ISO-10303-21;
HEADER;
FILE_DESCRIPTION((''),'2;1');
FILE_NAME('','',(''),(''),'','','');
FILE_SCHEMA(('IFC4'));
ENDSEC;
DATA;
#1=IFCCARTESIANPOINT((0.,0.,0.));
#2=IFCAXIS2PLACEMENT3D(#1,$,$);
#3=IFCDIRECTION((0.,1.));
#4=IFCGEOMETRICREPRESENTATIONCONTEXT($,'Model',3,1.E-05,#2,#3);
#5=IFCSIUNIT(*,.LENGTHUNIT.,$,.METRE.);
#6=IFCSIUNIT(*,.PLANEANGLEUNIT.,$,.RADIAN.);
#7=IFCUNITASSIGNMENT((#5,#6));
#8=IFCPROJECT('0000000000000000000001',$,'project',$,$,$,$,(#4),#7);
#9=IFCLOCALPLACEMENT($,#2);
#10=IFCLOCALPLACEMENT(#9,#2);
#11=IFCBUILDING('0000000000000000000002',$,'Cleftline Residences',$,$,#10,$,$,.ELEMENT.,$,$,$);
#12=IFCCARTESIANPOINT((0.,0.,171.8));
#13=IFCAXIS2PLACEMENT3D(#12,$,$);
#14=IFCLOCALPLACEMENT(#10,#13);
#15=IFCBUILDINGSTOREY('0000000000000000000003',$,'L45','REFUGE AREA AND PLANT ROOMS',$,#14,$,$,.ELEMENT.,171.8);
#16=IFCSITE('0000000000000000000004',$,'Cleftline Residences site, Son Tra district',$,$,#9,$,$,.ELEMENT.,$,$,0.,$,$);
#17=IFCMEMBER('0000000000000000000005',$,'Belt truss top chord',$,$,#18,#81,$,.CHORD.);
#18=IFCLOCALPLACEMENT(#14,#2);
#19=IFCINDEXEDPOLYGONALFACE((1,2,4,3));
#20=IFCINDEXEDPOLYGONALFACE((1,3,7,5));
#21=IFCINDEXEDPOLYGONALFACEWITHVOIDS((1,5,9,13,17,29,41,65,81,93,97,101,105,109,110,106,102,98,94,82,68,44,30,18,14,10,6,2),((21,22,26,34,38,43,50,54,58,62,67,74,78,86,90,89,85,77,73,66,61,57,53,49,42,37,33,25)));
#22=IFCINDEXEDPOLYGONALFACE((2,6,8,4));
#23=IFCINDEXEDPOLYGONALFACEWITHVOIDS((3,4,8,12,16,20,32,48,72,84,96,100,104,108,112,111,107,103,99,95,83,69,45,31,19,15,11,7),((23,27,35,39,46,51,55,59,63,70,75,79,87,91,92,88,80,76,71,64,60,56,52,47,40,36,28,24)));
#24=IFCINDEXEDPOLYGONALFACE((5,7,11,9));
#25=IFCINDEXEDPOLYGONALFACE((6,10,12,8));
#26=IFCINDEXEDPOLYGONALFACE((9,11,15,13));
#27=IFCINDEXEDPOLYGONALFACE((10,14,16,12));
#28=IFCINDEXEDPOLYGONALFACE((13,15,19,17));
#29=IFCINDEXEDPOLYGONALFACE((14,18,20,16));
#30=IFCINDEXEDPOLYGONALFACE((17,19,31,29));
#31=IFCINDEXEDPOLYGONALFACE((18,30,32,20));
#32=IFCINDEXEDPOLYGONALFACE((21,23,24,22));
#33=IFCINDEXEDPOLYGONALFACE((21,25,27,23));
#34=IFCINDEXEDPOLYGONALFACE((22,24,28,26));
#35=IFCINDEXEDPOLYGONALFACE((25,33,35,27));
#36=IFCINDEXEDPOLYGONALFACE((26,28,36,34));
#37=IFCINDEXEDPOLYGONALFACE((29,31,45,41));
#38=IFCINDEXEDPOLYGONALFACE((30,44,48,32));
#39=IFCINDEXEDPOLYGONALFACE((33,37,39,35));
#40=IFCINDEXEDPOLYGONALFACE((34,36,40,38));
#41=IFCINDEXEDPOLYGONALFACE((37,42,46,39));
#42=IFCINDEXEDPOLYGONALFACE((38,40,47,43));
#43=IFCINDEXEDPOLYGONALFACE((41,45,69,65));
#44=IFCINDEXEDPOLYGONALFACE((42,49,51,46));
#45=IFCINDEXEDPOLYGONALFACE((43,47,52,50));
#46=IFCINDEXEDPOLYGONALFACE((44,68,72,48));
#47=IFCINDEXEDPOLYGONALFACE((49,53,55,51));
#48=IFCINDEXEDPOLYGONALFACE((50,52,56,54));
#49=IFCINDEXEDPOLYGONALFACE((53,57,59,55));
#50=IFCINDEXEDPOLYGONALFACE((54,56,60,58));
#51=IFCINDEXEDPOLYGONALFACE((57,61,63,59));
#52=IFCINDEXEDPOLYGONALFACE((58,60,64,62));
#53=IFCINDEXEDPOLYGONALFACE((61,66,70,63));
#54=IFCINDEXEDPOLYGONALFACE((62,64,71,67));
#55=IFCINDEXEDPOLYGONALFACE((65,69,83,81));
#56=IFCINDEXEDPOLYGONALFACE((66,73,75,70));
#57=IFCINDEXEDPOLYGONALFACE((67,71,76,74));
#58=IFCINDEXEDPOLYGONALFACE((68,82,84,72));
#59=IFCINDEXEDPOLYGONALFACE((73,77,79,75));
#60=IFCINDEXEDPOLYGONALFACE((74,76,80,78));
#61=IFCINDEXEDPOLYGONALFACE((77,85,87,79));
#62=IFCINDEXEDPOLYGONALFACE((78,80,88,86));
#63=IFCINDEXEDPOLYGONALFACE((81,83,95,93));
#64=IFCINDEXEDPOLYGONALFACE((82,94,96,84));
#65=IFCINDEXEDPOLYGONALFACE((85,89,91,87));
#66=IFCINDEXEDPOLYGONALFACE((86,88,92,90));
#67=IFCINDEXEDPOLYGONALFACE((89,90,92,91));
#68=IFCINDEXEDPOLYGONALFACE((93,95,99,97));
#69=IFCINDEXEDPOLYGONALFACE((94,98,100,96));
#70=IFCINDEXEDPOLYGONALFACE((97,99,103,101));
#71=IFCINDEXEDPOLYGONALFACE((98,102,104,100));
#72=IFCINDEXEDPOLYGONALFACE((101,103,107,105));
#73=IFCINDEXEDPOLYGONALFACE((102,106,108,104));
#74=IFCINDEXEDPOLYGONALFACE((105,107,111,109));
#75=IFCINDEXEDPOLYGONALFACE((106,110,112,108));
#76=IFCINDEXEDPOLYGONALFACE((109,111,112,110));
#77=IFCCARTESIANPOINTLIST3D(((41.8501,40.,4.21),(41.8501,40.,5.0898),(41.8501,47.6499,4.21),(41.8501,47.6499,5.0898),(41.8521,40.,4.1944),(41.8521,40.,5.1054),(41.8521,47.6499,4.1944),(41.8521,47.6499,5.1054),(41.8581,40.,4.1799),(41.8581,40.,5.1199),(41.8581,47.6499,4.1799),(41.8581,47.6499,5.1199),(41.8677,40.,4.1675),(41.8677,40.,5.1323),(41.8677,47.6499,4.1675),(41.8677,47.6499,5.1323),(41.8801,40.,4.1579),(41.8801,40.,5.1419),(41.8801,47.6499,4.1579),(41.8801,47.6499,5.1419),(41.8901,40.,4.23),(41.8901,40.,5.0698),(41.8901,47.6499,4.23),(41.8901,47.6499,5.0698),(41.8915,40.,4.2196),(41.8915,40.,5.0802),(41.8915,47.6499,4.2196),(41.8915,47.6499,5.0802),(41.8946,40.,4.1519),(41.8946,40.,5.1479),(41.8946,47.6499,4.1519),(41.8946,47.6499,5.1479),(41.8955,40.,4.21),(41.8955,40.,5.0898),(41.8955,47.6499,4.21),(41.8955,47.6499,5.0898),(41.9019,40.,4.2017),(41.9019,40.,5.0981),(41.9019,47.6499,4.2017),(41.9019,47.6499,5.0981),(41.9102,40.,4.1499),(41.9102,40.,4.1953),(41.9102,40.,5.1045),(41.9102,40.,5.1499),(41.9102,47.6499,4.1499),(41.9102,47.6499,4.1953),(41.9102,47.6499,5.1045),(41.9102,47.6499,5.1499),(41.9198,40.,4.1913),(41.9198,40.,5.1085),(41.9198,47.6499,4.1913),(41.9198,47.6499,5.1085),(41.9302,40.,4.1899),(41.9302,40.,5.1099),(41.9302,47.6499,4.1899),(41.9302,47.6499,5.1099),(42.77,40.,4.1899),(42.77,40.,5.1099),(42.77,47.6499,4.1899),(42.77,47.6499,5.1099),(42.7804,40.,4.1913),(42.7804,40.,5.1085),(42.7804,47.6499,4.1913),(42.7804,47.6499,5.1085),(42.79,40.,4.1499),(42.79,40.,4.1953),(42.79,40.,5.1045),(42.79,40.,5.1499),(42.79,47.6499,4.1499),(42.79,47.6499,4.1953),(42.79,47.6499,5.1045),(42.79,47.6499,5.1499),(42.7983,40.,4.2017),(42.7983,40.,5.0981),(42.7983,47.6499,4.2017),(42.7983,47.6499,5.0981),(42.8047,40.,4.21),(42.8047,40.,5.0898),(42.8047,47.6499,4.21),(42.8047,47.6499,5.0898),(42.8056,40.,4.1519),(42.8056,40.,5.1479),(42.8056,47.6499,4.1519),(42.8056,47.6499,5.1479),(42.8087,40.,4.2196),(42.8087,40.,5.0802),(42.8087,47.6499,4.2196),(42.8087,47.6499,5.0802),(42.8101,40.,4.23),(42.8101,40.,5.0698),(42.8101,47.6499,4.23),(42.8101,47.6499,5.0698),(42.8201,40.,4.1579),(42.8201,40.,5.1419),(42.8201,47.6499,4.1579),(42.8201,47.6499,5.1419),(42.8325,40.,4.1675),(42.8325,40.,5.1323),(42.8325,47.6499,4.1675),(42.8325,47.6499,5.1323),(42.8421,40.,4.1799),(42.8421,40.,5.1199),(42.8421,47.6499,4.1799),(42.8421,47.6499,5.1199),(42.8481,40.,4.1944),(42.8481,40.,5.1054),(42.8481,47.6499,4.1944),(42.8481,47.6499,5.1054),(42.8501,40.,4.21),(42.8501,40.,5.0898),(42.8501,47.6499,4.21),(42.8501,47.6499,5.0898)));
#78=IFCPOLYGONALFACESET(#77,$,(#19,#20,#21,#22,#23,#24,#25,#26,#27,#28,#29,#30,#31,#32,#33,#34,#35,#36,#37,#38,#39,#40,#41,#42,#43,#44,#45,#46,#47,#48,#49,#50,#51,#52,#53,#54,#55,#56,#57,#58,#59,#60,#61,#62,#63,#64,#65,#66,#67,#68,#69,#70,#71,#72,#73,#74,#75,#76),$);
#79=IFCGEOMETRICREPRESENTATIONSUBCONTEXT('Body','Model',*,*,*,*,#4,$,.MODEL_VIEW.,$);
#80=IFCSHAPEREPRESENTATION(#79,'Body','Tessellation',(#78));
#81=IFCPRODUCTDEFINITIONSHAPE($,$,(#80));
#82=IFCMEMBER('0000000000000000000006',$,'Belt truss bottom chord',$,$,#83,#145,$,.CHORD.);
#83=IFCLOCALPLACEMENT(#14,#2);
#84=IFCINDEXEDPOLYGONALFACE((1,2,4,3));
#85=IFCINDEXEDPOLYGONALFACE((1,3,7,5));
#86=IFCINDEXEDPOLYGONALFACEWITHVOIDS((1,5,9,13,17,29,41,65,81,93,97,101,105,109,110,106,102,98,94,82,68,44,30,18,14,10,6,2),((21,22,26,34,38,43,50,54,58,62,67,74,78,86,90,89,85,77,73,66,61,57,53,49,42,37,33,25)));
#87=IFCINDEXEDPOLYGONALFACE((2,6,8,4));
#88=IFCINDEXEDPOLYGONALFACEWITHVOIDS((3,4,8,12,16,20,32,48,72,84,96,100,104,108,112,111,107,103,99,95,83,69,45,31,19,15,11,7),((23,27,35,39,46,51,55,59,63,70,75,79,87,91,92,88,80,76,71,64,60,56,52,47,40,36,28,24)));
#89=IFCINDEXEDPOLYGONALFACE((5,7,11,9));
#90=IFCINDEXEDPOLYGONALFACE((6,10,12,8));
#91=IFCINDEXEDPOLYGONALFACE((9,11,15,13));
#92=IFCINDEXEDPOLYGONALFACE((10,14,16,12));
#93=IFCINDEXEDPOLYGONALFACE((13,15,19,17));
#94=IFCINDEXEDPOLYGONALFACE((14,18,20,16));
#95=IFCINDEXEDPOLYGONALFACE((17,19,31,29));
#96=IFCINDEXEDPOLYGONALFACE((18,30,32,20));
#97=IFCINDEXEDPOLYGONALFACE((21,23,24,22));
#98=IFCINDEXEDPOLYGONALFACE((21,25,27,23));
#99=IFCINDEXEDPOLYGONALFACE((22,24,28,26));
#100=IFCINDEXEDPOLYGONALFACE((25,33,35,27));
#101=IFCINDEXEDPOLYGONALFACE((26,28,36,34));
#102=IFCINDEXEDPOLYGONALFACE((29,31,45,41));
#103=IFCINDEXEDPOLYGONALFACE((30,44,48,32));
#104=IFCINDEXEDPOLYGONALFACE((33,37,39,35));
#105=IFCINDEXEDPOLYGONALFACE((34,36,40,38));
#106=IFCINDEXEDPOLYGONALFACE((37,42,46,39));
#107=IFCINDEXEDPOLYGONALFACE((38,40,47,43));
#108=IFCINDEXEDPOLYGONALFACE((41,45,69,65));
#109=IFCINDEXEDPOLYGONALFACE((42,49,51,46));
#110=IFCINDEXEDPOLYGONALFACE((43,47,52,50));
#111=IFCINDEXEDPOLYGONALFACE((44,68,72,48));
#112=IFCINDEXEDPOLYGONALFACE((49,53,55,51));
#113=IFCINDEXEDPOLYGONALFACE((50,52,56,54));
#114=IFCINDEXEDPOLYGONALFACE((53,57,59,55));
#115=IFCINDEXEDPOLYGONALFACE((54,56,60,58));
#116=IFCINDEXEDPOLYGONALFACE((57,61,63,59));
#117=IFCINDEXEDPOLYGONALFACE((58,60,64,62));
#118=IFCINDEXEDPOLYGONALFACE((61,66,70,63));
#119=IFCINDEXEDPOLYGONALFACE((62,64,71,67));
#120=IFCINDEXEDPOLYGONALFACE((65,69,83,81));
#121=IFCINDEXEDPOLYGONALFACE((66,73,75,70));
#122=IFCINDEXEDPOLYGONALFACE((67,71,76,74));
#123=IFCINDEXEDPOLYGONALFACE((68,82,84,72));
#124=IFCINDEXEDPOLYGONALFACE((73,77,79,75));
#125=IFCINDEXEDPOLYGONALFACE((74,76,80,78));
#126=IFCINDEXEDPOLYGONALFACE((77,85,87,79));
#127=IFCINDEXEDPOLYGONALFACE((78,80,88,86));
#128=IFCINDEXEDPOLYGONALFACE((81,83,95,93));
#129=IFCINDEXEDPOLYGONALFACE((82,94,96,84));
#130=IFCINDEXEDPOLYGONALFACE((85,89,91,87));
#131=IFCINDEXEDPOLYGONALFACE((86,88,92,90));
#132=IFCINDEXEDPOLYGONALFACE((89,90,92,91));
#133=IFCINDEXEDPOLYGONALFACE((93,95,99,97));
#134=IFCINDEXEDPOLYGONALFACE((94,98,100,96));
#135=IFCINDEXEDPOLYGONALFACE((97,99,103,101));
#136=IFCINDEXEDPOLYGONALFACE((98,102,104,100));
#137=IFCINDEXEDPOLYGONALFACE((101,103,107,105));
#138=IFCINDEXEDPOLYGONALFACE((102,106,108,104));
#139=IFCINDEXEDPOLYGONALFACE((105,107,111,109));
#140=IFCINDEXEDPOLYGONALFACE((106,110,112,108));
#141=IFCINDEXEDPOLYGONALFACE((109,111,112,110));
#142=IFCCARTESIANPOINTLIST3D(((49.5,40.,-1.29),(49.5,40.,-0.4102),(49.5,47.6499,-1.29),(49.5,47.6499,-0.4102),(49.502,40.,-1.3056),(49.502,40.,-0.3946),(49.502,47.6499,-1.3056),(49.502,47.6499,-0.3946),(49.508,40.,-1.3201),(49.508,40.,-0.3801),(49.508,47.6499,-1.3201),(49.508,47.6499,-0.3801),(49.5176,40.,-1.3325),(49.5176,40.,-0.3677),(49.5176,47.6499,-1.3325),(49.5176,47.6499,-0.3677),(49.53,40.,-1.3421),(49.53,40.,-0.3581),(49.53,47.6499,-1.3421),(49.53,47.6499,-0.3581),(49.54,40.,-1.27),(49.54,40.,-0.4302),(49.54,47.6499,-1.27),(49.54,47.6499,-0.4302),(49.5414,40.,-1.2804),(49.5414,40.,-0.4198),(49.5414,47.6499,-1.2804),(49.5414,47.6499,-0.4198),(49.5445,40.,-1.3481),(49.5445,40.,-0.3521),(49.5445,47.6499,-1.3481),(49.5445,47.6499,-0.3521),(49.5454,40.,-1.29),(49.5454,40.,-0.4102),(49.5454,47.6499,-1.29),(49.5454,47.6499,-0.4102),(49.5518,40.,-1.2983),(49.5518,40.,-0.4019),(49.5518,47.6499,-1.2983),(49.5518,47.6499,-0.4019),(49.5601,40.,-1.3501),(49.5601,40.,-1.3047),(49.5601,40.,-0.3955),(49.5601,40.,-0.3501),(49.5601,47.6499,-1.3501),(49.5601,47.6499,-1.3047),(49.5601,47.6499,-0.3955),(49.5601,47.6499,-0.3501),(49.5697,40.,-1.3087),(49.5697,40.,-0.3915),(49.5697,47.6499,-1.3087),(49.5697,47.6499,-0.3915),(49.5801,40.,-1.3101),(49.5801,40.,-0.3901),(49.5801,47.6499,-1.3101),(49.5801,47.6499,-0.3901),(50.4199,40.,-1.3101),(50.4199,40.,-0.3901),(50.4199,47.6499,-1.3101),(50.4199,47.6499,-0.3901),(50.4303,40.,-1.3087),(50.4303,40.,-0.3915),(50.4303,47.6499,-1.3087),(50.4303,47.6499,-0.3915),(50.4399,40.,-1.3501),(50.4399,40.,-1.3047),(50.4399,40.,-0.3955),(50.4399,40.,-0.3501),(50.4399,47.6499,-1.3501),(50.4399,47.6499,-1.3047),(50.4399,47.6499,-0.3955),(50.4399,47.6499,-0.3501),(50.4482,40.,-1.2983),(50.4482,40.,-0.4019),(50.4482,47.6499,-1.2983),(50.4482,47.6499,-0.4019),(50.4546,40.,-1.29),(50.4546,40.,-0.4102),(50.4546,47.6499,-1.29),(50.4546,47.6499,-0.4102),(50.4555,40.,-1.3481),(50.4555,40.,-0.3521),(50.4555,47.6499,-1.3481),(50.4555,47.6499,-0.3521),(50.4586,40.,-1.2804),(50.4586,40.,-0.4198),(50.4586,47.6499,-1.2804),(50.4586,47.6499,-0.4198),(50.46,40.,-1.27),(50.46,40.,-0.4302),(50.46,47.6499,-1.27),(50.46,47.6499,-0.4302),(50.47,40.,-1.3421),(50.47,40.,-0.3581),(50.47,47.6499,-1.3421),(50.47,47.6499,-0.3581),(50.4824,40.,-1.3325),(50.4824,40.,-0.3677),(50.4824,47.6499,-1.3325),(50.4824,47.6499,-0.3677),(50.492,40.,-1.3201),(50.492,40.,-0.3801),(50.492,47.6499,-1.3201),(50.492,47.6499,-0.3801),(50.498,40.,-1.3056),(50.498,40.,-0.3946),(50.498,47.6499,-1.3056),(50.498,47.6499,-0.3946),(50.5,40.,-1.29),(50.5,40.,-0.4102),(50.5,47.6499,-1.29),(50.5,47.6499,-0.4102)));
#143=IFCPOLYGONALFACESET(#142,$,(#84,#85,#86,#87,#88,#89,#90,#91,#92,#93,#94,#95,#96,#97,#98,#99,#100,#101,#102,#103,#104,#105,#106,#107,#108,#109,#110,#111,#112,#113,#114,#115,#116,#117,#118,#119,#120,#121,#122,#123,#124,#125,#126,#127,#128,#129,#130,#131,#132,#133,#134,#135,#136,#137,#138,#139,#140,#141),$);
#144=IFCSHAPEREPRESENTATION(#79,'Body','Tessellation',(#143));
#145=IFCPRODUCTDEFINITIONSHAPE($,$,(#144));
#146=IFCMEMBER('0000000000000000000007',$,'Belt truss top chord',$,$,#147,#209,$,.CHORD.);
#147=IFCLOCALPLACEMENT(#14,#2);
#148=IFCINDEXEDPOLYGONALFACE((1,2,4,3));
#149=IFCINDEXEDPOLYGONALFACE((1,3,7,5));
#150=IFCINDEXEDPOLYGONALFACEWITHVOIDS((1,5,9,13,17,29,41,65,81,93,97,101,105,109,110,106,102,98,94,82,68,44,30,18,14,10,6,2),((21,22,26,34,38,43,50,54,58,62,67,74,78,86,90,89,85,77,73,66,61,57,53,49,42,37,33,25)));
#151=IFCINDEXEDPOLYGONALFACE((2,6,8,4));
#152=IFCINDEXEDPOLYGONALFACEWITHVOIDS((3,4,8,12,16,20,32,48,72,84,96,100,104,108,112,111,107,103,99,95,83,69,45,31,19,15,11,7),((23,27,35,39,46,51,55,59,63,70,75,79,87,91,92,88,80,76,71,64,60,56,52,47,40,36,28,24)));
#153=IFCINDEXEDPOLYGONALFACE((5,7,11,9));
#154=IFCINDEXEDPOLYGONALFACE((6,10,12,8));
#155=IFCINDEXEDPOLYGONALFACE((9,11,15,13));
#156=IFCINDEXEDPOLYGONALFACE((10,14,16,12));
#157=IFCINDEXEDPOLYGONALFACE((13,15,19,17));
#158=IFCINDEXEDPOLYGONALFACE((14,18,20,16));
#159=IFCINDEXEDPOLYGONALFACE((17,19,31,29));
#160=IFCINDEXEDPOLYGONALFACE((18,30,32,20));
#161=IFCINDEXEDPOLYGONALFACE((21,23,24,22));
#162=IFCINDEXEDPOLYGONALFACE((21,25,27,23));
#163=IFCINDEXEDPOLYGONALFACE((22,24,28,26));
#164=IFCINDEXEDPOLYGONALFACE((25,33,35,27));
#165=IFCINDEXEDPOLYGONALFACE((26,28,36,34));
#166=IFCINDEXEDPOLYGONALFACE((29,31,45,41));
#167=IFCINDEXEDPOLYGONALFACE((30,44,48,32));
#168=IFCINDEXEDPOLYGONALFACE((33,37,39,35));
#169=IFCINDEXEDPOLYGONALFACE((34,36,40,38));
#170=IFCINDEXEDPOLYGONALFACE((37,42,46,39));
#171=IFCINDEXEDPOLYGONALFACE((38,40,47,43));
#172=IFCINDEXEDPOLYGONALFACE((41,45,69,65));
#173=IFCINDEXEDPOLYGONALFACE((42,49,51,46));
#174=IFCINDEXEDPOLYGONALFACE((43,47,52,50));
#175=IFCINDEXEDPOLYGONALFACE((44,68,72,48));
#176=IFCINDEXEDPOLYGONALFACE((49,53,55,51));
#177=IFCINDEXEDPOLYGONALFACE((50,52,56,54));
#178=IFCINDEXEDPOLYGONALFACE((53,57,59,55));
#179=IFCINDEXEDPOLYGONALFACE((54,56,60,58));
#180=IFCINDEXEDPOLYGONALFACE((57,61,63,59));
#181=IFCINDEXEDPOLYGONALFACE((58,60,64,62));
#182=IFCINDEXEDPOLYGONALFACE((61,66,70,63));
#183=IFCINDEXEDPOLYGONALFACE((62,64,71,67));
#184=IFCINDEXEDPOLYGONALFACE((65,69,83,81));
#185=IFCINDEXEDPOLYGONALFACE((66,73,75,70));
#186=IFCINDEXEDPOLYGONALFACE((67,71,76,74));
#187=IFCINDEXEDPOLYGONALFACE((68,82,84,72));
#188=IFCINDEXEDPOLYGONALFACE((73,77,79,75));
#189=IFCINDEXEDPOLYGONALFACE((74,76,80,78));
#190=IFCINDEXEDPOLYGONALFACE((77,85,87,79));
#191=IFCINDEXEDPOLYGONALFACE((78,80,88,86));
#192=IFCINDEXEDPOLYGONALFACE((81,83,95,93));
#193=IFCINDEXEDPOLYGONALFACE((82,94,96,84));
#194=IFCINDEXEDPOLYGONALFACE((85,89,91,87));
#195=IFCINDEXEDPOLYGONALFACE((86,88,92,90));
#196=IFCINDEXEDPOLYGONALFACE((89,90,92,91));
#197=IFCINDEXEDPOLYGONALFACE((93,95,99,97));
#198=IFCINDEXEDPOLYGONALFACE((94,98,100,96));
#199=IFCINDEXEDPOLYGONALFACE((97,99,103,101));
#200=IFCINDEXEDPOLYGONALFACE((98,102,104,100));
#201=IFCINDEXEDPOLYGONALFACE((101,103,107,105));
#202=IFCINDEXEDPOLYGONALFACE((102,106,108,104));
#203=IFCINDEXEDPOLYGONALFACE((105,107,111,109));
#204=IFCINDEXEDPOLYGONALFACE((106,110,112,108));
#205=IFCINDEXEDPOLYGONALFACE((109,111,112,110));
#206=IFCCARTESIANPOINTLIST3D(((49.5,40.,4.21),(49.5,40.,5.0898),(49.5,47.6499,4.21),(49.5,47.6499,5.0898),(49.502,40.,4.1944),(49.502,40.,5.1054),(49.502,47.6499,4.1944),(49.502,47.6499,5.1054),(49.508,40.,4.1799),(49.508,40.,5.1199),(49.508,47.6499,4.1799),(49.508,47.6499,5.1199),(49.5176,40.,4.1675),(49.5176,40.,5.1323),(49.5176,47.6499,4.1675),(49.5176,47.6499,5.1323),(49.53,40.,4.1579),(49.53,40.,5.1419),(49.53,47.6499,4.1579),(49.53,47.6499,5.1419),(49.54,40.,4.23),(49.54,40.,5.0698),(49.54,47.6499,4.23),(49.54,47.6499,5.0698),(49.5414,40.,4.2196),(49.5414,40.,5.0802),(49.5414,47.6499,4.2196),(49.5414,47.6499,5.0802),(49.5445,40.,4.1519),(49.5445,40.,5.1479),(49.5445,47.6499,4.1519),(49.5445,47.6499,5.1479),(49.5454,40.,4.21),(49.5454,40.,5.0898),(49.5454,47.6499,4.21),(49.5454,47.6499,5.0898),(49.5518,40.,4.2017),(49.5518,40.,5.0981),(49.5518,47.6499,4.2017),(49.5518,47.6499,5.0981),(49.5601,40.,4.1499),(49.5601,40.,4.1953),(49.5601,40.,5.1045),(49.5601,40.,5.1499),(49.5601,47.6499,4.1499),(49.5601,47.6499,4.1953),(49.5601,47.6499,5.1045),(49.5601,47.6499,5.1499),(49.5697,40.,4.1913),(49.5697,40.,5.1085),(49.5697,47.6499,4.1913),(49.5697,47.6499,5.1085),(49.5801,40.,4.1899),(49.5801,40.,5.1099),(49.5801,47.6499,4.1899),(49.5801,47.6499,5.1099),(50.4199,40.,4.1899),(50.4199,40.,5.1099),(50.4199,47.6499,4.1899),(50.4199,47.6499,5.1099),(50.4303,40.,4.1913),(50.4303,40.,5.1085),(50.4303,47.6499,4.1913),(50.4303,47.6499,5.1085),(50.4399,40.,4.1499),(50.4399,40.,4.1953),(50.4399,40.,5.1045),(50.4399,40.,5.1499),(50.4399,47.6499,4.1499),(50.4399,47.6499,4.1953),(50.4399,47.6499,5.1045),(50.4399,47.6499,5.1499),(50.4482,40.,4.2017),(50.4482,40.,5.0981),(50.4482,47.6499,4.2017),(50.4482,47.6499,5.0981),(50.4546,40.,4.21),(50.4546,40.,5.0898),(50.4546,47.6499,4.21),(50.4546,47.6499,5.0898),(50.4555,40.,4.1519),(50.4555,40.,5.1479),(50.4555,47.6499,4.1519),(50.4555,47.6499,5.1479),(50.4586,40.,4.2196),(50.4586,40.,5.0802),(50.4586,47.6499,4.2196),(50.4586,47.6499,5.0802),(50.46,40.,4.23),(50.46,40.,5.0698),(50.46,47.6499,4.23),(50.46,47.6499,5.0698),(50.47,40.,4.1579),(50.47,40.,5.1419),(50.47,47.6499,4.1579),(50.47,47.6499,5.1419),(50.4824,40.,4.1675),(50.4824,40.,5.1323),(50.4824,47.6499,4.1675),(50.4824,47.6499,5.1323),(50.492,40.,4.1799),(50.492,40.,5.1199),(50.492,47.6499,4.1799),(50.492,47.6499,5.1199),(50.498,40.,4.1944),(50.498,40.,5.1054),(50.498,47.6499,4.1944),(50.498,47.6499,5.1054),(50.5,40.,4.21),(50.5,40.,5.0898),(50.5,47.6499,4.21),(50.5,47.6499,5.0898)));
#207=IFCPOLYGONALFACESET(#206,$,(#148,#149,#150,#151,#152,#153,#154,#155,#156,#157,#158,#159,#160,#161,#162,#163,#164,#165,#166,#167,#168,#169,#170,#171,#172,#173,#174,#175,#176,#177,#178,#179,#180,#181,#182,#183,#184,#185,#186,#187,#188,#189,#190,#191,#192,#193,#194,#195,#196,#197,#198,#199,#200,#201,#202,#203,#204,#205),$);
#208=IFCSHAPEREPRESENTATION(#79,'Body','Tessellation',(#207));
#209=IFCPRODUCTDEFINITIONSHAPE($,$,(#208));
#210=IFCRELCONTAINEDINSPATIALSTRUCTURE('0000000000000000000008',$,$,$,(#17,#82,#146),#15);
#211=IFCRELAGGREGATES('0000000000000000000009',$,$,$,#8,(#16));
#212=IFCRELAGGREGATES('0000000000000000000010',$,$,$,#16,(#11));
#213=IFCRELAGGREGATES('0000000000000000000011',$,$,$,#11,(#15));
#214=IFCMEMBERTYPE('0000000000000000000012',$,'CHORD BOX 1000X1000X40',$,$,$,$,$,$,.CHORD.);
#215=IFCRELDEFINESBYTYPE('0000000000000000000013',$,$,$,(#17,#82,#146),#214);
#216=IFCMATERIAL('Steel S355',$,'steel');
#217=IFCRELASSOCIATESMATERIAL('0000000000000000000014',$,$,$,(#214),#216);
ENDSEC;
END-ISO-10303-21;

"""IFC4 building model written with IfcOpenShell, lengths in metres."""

from ifc_helpers import new_model, si_unit, direction, frame, origin, origin_2d, place, context, subcontext, project, spatial, hollow_rectangle, extrude, material, material_profile, profile_set, type_object, element, save


model = new_model("IFC4")

# Units and contexts
model_context = context("Model", 3, precision=1e-05, world=origin(), true_north=direction((0.0, 1.0)))
body_context = subcontext(model_context, "Body", "Model", "MODEL_VIEW")
ifc_project = project(units=[si_unit("LENGTHUNIT", "METRE"), si_unit("PLANEANGLEUNIT", "RADIAN")], contexts=[model_context])

# Site, building, storey
site_placement = place(None, origin())
site = spatial("IfcSite", under=ifc_project, at=site_placement, Name="Cleftline Residences site, Son Tra district", CompositionType="ELEMENT", RefElevation=0.0)
building_placement = place(site_placement, origin())
building = spatial("IfcBuilding", under=site, at=building_placement, Name="Cleftline Residences", CompositionType="ELEMENT")
storey_placement = place(building_placement, frame((0.0, 0.0, 171.8)))
storey = spatial("IfcBuildingStorey", under=building, at=storey_placement, Name="L45", Description="REFUGE AREA AND PLANT ROOMS", CompositionType="ELEMENT", Elevation=171.8)

# Members
ifc_material_1 = material(Name="Steel S355", Category="steel")
ifc_material_profile_1 = material_profile(ifc_material_1, hollow_rectangle(XDim=1.0, YDim=1.0, WallThickness=0.04, InnerFilletRadius=0.04, OuterFilletRadius=0.0601, at=origin_2d()))
ifc_profile_set_1 = profile_set([ifc_material_profile_1], Name="Steel S355")
member_type_1 = type_object("IfcMemberType", Name="CHORD BOX 1000X1000X40", PredefinedType="CHORD", material=ifc_profile_set_1)
for number, where, z_axis, x_axis, name in (
    (1, (42.3501, 40.0, 4.6499), (0.0, 1.0, 0.0), (-1.0, 0.0, 0.0), "Belt truss top chord"),
    (2, (50.0, 40.0, -0.8501), (0.0, 1.0, 0.0), (-1.0, 0.0, 0.0), "Belt truss bottom chord"),
    (3, (50.0, 40.0, 4.6499), (0.0, 1.0, 0.0), (-1.0, 0.0, 0.0), "Belt truss top chord"),
):
    element("IfcMember", number, at=place(storey_placement, frame(where, z_axis=z_axis, x_axis=x_axis)), inside=storey, type_object=member_type_1, Name=name, PredefinedType="CHORD", context=body_context, shape_type="SweptSolid", body=[
        extrude(hollow_rectangle(XDim=1.0, YDim=1.0, WallThickness=0.04, InnerFilletRadius=0.04, OuterFilletRadius=0.0601, at=origin_2d()), origin(), (0.0, 0.0, 1.0), 7.6499),
    ])

save(model, "model.ifc")
